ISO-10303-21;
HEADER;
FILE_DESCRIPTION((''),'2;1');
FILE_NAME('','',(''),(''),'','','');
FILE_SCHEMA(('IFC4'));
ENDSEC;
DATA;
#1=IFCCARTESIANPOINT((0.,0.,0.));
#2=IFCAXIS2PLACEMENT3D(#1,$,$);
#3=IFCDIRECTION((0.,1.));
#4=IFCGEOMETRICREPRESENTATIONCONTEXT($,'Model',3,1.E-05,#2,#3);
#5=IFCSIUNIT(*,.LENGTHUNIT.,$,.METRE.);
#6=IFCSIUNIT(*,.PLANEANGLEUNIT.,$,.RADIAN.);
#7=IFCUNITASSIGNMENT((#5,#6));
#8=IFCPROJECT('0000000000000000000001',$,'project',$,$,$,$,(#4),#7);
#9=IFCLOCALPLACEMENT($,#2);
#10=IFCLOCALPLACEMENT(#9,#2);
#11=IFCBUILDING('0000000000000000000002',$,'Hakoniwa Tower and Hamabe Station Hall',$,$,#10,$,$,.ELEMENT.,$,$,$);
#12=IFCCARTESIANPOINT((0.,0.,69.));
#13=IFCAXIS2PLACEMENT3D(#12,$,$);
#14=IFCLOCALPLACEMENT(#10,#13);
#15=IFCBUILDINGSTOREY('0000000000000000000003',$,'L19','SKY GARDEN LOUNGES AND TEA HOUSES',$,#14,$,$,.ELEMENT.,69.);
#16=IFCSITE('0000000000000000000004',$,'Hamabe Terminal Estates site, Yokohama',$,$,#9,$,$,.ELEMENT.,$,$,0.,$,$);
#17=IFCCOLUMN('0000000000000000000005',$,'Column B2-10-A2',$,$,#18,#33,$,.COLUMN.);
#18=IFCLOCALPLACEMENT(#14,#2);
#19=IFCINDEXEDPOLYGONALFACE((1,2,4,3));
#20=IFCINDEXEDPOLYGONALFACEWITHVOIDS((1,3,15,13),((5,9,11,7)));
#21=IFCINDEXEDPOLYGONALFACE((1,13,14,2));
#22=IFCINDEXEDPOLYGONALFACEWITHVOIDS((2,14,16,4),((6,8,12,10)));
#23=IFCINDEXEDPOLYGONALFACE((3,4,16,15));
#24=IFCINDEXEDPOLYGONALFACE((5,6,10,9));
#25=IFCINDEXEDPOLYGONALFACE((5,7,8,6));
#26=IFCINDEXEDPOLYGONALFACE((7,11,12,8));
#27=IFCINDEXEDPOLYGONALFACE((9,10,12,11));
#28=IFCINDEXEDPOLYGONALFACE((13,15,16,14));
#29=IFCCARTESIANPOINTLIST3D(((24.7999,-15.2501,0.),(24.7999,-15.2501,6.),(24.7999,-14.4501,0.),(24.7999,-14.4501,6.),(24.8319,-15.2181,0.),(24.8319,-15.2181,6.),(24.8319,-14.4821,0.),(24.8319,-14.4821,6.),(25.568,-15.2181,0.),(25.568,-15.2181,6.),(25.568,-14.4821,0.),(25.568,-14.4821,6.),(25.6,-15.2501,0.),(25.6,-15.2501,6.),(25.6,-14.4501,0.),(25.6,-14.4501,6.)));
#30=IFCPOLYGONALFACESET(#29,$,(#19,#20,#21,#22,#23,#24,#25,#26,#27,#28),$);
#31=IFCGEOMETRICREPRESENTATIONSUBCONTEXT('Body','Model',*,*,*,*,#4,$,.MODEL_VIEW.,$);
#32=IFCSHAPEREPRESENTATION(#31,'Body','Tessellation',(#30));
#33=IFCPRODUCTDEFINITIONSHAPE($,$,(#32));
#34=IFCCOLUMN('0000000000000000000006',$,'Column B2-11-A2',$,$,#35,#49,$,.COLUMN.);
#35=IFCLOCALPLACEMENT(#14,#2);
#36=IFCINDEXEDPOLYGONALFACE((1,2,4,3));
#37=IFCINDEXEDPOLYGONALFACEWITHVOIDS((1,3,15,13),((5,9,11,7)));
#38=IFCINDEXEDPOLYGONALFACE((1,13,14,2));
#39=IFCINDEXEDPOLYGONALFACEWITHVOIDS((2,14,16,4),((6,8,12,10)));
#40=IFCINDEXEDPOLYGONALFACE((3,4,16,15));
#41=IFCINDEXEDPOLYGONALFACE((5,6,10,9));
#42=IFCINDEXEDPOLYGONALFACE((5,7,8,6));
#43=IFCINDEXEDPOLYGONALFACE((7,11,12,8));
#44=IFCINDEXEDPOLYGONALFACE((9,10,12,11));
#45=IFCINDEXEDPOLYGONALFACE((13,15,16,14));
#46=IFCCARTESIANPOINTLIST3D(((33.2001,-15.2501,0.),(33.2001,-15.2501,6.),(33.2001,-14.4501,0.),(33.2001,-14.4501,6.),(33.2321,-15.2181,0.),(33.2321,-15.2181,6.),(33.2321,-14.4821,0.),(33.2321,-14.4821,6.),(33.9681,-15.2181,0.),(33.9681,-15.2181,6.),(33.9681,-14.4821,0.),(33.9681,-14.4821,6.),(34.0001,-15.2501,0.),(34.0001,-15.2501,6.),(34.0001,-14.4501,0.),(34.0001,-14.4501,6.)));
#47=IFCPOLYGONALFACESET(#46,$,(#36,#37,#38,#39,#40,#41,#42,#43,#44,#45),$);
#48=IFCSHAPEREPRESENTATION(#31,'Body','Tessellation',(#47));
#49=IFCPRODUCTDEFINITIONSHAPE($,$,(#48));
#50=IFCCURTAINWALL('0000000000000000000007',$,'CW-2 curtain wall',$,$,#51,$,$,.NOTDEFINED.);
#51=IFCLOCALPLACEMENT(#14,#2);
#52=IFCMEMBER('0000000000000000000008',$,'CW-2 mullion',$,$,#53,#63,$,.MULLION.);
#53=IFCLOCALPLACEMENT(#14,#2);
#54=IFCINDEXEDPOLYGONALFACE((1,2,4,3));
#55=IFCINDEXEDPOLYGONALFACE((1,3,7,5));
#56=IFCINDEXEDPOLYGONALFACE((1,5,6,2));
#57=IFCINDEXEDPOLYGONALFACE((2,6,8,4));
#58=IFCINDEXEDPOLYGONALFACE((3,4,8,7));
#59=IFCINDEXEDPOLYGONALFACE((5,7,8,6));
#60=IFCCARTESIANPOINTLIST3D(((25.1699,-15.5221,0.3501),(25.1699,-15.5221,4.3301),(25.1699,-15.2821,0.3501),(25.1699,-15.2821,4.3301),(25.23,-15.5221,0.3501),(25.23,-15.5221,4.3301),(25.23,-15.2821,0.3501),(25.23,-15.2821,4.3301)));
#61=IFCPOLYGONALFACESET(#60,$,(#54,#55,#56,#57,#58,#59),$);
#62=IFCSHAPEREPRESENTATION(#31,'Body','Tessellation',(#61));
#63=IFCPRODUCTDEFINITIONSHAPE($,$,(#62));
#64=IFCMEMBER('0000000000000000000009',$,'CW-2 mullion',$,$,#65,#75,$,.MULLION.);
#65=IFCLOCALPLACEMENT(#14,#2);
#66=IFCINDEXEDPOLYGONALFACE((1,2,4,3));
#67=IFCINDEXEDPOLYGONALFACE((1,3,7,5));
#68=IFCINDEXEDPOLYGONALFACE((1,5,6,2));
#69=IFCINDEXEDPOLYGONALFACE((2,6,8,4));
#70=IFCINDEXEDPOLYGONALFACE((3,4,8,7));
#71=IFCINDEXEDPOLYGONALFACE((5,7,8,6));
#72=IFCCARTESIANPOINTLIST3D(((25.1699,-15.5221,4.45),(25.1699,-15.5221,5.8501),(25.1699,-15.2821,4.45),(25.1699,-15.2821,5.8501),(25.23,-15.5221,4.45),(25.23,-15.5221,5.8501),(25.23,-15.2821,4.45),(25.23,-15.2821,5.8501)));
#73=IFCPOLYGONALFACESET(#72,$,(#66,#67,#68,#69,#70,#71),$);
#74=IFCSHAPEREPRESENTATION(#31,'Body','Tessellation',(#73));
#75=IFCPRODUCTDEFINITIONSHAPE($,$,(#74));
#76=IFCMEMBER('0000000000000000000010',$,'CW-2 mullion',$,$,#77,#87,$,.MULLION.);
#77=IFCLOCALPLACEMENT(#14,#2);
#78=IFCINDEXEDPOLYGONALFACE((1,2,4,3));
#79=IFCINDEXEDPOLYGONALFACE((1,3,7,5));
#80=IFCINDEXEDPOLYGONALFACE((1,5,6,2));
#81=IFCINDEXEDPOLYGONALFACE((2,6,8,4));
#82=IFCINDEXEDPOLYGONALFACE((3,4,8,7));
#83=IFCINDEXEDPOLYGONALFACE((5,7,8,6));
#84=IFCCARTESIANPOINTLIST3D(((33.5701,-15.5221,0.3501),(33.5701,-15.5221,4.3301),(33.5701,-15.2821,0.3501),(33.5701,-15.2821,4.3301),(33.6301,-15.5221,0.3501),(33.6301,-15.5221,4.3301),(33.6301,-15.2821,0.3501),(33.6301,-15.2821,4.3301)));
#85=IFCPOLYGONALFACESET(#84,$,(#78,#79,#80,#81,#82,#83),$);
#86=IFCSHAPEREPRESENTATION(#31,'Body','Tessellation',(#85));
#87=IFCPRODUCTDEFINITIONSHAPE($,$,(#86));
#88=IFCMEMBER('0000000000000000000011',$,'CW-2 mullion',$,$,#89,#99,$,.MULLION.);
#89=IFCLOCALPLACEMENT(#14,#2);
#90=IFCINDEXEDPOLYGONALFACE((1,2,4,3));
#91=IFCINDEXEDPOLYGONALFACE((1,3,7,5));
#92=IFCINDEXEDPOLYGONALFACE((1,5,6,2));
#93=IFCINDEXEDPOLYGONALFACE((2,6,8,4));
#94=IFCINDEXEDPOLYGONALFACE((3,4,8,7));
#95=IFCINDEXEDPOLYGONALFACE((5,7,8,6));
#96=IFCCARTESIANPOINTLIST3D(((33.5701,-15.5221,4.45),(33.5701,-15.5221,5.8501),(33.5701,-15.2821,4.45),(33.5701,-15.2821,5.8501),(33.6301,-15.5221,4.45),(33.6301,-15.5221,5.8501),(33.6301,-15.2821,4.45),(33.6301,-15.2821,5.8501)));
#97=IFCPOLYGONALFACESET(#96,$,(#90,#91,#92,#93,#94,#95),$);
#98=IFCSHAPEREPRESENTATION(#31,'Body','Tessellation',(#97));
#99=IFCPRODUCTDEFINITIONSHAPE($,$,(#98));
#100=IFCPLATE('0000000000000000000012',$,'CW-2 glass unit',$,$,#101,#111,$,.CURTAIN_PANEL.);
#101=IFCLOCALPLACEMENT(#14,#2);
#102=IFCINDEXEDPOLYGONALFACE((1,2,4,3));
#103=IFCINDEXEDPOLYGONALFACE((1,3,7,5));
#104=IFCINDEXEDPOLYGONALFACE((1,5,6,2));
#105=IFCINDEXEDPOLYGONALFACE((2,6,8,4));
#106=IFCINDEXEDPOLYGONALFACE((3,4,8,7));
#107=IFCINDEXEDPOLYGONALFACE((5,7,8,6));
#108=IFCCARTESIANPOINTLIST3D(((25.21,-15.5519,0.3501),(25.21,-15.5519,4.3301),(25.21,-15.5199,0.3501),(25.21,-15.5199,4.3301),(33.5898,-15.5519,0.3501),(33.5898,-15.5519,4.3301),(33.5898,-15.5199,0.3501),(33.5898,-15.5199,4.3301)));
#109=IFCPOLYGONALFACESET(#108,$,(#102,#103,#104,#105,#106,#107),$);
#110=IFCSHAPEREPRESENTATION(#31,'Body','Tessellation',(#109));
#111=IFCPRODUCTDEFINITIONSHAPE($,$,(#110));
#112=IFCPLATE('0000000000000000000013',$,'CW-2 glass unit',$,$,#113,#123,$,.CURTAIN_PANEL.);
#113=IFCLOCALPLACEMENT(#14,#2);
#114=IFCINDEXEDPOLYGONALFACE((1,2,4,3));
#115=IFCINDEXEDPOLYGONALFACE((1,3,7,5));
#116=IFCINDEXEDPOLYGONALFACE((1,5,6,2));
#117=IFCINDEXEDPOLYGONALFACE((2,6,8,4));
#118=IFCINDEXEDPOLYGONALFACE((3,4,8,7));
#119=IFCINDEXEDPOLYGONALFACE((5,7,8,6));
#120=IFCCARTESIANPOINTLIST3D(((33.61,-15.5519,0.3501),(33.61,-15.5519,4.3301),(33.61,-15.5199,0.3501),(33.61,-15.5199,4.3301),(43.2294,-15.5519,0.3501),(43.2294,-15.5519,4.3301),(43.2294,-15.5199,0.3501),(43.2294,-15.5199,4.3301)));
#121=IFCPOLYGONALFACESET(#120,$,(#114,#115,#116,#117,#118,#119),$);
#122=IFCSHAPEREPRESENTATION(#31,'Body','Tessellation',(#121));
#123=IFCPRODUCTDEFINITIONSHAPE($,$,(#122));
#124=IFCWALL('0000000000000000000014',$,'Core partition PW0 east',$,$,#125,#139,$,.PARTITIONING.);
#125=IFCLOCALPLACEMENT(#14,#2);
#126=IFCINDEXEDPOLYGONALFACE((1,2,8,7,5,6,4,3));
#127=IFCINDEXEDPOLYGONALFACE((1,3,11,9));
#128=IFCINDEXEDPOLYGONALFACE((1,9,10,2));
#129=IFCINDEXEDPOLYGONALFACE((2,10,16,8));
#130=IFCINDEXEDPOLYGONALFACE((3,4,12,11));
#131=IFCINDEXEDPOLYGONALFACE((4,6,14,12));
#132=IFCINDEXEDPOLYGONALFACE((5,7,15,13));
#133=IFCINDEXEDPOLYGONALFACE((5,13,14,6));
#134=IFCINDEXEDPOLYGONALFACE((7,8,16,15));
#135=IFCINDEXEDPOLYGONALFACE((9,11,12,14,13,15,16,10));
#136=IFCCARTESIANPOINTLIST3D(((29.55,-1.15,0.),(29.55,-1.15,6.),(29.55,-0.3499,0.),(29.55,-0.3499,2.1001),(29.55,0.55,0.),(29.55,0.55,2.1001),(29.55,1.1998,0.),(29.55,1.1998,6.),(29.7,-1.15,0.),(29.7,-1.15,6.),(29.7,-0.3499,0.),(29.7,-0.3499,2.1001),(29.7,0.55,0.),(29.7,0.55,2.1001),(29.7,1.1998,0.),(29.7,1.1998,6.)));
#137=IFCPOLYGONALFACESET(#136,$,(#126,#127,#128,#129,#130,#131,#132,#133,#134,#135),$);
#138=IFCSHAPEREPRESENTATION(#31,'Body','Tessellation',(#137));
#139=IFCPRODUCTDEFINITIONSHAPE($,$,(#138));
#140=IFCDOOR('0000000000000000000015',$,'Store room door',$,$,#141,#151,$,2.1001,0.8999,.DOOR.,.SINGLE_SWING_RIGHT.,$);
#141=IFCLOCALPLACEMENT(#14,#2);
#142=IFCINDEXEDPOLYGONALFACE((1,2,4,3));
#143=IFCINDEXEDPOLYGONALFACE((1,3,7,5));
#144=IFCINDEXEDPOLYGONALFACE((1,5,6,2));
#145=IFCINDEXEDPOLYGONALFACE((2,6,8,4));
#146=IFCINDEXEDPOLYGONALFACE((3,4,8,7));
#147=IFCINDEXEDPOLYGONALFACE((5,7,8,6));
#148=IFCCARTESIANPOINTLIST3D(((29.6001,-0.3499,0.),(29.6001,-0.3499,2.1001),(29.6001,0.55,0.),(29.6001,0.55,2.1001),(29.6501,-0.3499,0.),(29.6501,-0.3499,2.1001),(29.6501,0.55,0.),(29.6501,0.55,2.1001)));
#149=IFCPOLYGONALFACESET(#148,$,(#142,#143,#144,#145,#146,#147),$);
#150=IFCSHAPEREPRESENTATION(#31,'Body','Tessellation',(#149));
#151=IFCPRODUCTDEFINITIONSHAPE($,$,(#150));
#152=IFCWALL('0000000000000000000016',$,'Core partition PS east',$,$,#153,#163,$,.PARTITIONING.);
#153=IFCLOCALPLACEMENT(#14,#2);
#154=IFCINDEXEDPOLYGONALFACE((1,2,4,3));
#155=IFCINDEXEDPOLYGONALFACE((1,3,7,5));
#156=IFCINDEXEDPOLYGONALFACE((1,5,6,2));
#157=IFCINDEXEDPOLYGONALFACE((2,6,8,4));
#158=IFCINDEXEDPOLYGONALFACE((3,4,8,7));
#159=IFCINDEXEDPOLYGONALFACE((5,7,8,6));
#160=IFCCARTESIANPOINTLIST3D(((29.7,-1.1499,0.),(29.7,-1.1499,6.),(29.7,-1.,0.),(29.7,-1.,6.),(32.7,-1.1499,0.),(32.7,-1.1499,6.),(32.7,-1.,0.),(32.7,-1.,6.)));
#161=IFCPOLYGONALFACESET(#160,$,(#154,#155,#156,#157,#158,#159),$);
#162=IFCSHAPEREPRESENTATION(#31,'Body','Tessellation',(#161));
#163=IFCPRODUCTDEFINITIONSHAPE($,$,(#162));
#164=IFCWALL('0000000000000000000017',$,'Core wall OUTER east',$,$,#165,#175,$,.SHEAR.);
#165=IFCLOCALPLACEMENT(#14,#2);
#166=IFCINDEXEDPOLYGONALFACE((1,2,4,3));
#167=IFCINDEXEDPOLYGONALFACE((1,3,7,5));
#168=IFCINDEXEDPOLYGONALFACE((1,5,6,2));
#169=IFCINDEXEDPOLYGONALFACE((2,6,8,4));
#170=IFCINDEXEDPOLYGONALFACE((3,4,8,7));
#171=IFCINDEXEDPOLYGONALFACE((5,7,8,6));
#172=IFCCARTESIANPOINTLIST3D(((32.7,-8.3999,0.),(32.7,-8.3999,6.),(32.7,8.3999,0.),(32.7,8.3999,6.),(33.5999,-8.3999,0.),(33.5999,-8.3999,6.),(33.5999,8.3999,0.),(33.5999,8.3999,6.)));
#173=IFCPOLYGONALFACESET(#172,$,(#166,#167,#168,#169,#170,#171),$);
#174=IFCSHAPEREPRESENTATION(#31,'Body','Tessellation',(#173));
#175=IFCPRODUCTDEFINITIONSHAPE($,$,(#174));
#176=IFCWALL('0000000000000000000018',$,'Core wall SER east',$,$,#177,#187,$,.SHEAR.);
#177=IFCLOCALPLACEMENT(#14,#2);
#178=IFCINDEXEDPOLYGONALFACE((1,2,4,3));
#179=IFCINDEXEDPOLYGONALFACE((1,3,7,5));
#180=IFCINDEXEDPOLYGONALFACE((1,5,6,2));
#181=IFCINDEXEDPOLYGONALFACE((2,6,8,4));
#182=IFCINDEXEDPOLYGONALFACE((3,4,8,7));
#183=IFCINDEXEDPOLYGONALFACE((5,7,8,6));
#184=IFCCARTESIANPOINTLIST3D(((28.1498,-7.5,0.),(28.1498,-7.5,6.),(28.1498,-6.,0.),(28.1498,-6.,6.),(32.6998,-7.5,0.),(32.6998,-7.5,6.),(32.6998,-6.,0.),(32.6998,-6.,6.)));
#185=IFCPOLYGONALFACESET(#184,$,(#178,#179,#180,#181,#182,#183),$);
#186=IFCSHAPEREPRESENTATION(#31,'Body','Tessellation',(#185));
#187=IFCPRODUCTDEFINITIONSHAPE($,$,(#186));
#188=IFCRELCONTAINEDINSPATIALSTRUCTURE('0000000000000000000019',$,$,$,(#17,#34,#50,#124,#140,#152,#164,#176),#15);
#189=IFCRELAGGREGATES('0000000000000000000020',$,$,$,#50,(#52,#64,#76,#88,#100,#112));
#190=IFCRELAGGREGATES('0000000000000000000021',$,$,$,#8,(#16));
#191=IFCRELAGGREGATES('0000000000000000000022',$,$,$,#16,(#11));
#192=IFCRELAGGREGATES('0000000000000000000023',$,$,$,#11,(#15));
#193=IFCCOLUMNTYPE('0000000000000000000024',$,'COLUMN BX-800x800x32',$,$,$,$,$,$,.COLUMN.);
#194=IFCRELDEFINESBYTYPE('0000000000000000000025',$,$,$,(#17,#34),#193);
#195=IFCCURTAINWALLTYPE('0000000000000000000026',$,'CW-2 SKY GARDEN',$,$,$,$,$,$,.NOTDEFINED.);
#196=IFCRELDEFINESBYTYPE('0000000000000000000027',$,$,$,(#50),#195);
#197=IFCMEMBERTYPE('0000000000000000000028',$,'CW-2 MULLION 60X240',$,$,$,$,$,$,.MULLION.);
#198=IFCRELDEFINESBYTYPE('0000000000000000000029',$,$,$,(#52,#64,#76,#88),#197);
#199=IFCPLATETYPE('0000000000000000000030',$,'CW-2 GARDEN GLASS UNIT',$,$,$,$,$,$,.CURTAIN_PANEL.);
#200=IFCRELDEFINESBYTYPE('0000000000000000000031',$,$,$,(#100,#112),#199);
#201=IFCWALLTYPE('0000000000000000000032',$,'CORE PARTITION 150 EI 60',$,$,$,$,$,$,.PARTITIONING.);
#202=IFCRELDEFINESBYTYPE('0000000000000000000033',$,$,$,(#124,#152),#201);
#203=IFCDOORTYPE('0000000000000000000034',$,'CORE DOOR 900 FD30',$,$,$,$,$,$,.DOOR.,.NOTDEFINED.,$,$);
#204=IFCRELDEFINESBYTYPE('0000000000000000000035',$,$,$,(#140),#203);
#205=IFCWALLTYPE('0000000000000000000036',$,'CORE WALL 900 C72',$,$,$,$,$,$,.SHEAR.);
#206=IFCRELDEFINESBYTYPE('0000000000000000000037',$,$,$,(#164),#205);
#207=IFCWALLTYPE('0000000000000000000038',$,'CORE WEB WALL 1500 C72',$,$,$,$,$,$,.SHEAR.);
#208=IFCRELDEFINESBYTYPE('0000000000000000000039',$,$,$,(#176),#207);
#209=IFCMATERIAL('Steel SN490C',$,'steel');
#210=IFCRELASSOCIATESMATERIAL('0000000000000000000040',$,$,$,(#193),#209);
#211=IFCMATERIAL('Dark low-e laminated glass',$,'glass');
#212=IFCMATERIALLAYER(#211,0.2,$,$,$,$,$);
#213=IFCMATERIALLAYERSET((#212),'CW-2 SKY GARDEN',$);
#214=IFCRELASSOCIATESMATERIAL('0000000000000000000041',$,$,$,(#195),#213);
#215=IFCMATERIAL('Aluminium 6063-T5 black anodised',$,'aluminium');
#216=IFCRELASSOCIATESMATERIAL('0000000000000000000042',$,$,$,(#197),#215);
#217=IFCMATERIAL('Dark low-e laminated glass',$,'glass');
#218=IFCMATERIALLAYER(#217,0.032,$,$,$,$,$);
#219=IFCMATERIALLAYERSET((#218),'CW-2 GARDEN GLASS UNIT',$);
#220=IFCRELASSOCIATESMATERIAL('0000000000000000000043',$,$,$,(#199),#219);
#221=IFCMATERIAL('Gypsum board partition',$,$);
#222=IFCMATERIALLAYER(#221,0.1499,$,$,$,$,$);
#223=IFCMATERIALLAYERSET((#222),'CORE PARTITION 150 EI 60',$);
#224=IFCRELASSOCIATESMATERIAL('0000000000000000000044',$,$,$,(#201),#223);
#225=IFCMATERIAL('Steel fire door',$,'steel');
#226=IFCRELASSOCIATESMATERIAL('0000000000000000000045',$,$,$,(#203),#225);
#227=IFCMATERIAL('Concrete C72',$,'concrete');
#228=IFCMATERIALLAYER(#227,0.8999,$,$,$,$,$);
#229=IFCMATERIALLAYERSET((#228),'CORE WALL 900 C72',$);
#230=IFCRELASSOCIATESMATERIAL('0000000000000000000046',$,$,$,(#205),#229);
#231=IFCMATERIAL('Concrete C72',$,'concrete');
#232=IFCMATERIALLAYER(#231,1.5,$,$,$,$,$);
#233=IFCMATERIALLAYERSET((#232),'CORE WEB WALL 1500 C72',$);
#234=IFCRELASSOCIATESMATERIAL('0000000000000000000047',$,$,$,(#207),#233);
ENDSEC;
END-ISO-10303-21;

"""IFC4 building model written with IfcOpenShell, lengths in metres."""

from ifc_helpers import new_model, si_unit, direction, frame, frame_2d, origin, origin_2d, place, context, subcontext, project, spatial, rectangle, hollow_rectangle, extrude, material, layer, layer_set, material_profile, profile_set, type_object, element, fill, aggregate, save


model = new_model("IFC4")

# Units and contexts
model_context = context("Model", 3, precision=1e-05, world=origin(), true_north=direction((0.0, 1.0)))
body_context = subcontext(model_context, "Body", "Model", "MODEL_VIEW")
ifc_project = project(units=[si_unit("LENGTHUNIT", "METRE"), si_unit("PLANEANGLEUNIT", "RADIAN")], contexts=[model_context])

# Site, building, storey
site_placement = place(None, origin())
site = spatial("IfcSite", under=ifc_project, at=site_placement, Name="Hamabe Terminal Estates site, Yokohama", CompositionType="ELEMENT", RefElevation=0.0)
building_placement = place(site_placement, origin())
building = spatial("IfcBuilding", under=site, at=building_placement, Name="Hakoniwa Tower and Hamabe Station Hall", CompositionType="ELEMENT")
storey_placement = place(building_placement, frame((0.0, 0.0, 69.0)))
storey = spatial("IfcBuildingStorey", under=building, at=storey_placement, Name="L19", Description="SKY GARDEN LOUNGES AND TEA HOUSES", CompositionType="ELEMENT", Elevation=69.0)

# Columns
ifc_material_1 = material(Name="Steel SN490C", Category="steel")
ifc_material_profile_1 = material_profile(ifc_material_1, hollow_rectangle(XDim=0.8, YDim=0.8, WallThickness=0.032, at=origin_2d()), Name="BX-800x800x32")
ifc_profile_set_1 = profile_set([ifc_material_profile_1], Name="Steel SN490C")
column_type = type_object("IfcColumnType", Name="COLUMN BX-800x800x32", PredefinedType="COLUMN", material=ifc_profile_set_1)
for number, where, z_axis, x_axis, name in (
    (1, (25.2, -14.8501, 0.0), (0.0, 0.0, 1.0), (1.0, 0.0, 0.0), "Column B2-10-A2"),
    (2, (33.6001, -14.8501, 0.0), (0.0, 0.0, 1.0), (1.0, 0.0, 0.0), "Column B2-11-A2"),
):
    element("IfcColumn", number, at=place(storey_placement, frame(where, z_axis=z_axis, x_axis=x_axis)), inside=storey, type_object=column_type, Name=name, PredefinedType="COLUMN", context=body_context, shape_type="SweptSolid", body=[
        extrude(hollow_rectangle(XDim=0.8, YDim=0.8, WallThickness=0.032, at=origin_2d()), origin(), (0.0, 0.0, 1.0), 6.0),
    ])

# Curtain wall, members, plates
ifc_material_2 = material(Name="Dark low-e laminated glass", Category="glass")
ifc_layer_1 = layer(ifc_material_2, 0.2)
ifc_layer_set_1 = layer_set([ifc_layer_1], Name="CW-2 SKY GARDEN")
curtain_wall_type = type_object("IfcCurtainWallType", Name="CW-2 SKY GARDEN", PredefinedType="NOTDEFINED", material=ifc_layer_set_1)
curtain_wall_placement = place(storey_placement, origin())
curtain_wall = element("IfcCurtainWall", 3, at=curtain_wall_placement, inside=storey, type_object=curtain_wall_type, Name="CW-2 curtain wall", PredefinedType="NOTDEFINED")
ifc_material_3 = material(Name="Aluminium 6063-T5 black anodised", Category="aluminium")
ifc_material_profile_2 = material_profile(ifc_material_3, rectangle(XDim=0.0601, YDim=0.24, at=origin_2d()), Name="CW-2 MULLION 60X240")
ifc_profile_set_2 = profile_set([ifc_material_profile_2], Name="Aluminium 6063-T5 black anodised")
member_type = type_object("IfcMemberType", Name="CW-2 MULLION 60X240", PredefinedType="MULLION", material=ifc_profile_set_2)
member_1_placement = place(storey_placement, frame((25.2, -15.4021, 0.3501), z_axis=(0.0, 0.0, 1.0), x_axis=(1.0, 0.0, 0.0)))
member_1 = element("IfcMember", 4, at=member_1_placement, type_object=member_type, Name="CW-2 mullion", PredefinedType="MULLION", context=body_context, shape_type="SweptSolid", body=[
    extrude(rectangle(XDim=0.0601, YDim=0.24, at=origin_2d()), origin(), (0.0, 0.0, 1.0), 3.98),
])
member_2_placement = place(storey_placement, frame((25.2, -15.4021, 4.45), z_axis=(0.0, 0.0, 1.0), x_axis=(1.0, 0.0, 0.0)))
member_2 = element("IfcMember", 5, at=member_2_placement, type_object=member_type, Name="CW-2 mullion", PredefinedType="MULLION", context=body_context, shape_type="SweptSolid", body=[
    extrude(rectangle(XDim=0.0601, YDim=0.24, at=origin_2d()), origin(), (0.0, 0.0, 1.0), 1.4001),
])
member_3_placement = place(storey_placement, frame((33.6001, -15.4021, 0.3501), z_axis=(0.0, 0.0, 1.0), x_axis=(1.0, 0.0, 0.0)))
member_3 = element("IfcMember", 6, at=member_3_placement, type_object=member_type, Name="CW-2 mullion", PredefinedType="MULLION", context=body_context, shape_type="SweptSolid", body=[
    extrude(rectangle(XDim=0.0601, YDim=0.24, at=origin_2d()), origin(), (0.0, 0.0, 1.0), 3.98),
])
member_4_placement = place(storey_placement, frame((33.6001, -15.4021, 4.45), z_axis=(0.0, 0.0, 1.0), x_axis=(1.0, 0.0, 0.0)))
member_4 = element("IfcMember", 7, at=member_4_placement, type_object=member_type, Name="CW-2 mullion", PredefinedType="MULLION", context=body_context, shape_type="SweptSolid", body=[
    extrude(rectangle(XDim=0.0601, YDim=0.24, at=origin_2d()), origin(), (0.0, 0.0, 1.0), 1.4001),
])
ifc_material_4 = material(Name="Dark low-e laminated glass", Category="glass")
ifc_layer_2 = layer(ifc_material_4, 0.032)
ifc_layer_set_2 = layer_set([ifc_layer_2], Name="CW-2 GARDEN GLASS UNIT")
plate_type = type_object("IfcPlateType", Name="CW-2 GARDEN GLASS UNIT", PredefinedType="CURTAIN_PANEL", material=ifc_layer_set_2)
plate_1_placement = place(storey_placement, frame((29.3999, -15.5359, 0.3501), z_axis=(0.0, 0.0, 1.0), x_axis=(1.0, 0.0, 0.0)))
plate_1 = element("IfcPlate", 8, at=plate_1_placement, type_object=plate_type, Name="CW-2 glass unit", PredefinedType="CURTAIN_PANEL", context=body_context, shape_type="SweptSolid", body=[
    extrude(rectangle(XDim=8.3799, YDim=0.032, at=origin_2d()), origin(), (0.0, 0.0, 1.0), 3.98),
])
plate_2_placement = place(storey_placement, frame((38.4197, -15.5359, 0.3501), z_axis=(0.0, 0.0, 1.0), x_axis=(1.0, 0.0, 0.0)))
plate_2 = element("IfcPlate", 9, at=plate_2_placement, type_object=plate_type, Name="CW-2 glass unit", PredefinedType="CURTAIN_PANEL", context=body_context, shape_type="SweptSolid", body=[
    extrude(rectangle(XDim=9.6194, YDim=0.032, at=origin_2d()), origin(), (0.0, 0.0, 1.0), 3.98),
])

# Wall, opening, door
ifc_material_5 = material(Name="Gypsum board partition")
ifc_layer_3 = layer(ifc_material_5, 0.1499)
ifc_layer_set_3 = layer_set([ifc_layer_3], Name="CORE PARTITION 150 EI 60")
wall_type_1 = type_object("IfcWallType", Name="CORE PARTITION 150 EI 60", PredefinedType="PARTITIONING", material=ifc_layer_set_3)
wall_1_placement = place(storey_placement, frame((29.625, -1.1499, 0.0), z_axis=(0.0, 0.0, 1.0), x_axis=(0.0, 1.0, 0.0)))
wall_1 = element("IfcWall", 10, at=wall_1_placement, inside=storey, type_object=wall_type_1, Name="Core partition PW0 east", PredefinedType="PARTITIONING", context=body_context, shape_type="SweptSolid", body=[
    extrude(rectangle(XDim=2.3499, YDim=0.1499, at=frame_2d((1.1748, 0.0))), origin(), (0.0, 0.0, 1.0), 6.0),
])
opening_1_placement = place(wall_1_placement, frame((0.8, 0.0, 0.0)))
opening_1 = element("IfcOpeningElement", 11, at=opening_1_placement, cuts=wall_1, PredefinedType="OPENING", context=body_context, shape_type="SweptSolid", body=[
    extrude(rectangle(XDim=0.8999, YDim=2.1001, at=frame_2d((0.45, 1.05))), frame((0.0, 0.085, 0.0), z_axis=(0.0, -1.0, 0.0), x_axis=(1.0, 0.0, 0.0)), (0.0, 0.0, 1.0), 0.1699),
])
ifc_material_6 = material(Name="Steel fire door", Category="steel")
door_type_1 = type_object("IfcDoorType", Name="CORE DOOR 900 FD30", OperationType="NOTDEFINED", PredefinedType="DOOR", material=ifc_material_6)
door_1_placement = place(opening_1_placement, origin())
door_1 = element("IfcDoor", 12, at=door_1_placement, inside=storey, type_object=door_type_1, Name="Store room door", OperationType="SINGLE_SWING_RIGHT", OverallHeight=2.1001, OverallWidth=0.8999, PredefinedType="DOOR", context=body_context, shape_type="SweptSolid", body=[
    extrude(rectangle(XDim=0.8999, YDim=2.1001, at=frame_2d((0.45, 1.05))), frame((0.0, 0.0249, 0.0), z_axis=(0.0, -1.0, 0.0), x_axis=(1.0, 0.0, 0.0)), (0.0, 0.0, 1.0), 0.05),
])
fill(opening_1, door_1)

# Walls
wall_2_placement = place(storey_placement, frame((29.7, -1.075, 0.0), z_axis=(0.0, 0.0, 1.0), x_axis=(1.0, 0.0, 0.0)))
element("IfcWall", 13, at=wall_2_placement, inside=storey, type_object=wall_type_1, Name="Core partition PS east", PredefinedType="PARTITIONING", context=body_context, shape_type="SweptSolid", body=[
    extrude(rectangle(XDim=3.0, YDim=0.1499, at=frame_2d((1.5, 0.0))), origin(), (0.0, 0.0, 1.0), 6.0),
])
ifc_material_7 = material(Name="Concrete C72", Category="concrete")
ifc_layer_4 = layer(ifc_material_7, 0.8999)
ifc_layer_set_4 = layer_set([ifc_layer_4], Name="CORE WALL 900 C72")
wall_type_2 = type_object("IfcWallType", Name="CORE WALL 900 C72", PredefinedType="SHEAR", material=ifc_layer_set_4)
wall_3_placement = place(storey_placement, frame((33.1499, -8.3999, 0.0), z_axis=(0.0, 0.0, 1.0), x_axis=(0.0, 1.0, 0.0)))
element("IfcWall", 14, at=wall_3_placement, inside=storey, type_object=wall_type_2, Name="Core wall OUTER east", PredefinedType="SHEAR", context=body_context, shape_type="SweptSolid", body=[
    extrude(rectangle(XDim=16.7998, YDim=0.8999, at=frame_2d((8.3999, 0.0))), origin(), (0.0, 0.0, 1.0), 6.0),
])
ifc_material_8 = material(Name="Concrete C72", Category="concrete")
ifc_layer_5 = layer(ifc_material_8, 1.5)
ifc_layer_set_5 = layer_set([ifc_layer_5], Name="CORE WEB WALL 1500 C72")
wall_type_3 = type_object("IfcWallType", Name="CORE WEB WALL 1500 C72", PredefinedType="SHEAR", material=ifc_layer_set_5)
wall_4_placement = place(storey_placement, frame((28.1499, -6.75, 0.0), z_axis=(0.0, 0.0, 1.0), x_axis=(1.0, 0.0, 0.0)))
element("IfcWall", 15, at=wall_4_placement, inside=storey, type_object=wall_type_3, Name="Core wall SER east", PredefinedType="SHEAR", context=body_context, shape_type="SweptSolid", body=[
    extrude(rectangle(XDim=4.55, YDim=1.5, at=frame_2d((2.2749, 0.0))), origin(), (0.0, 0.0, 1.0), 6.0),
])

aggregate(curtain_wall, [member_1, member_2, member_3, member_4, plate_1, plate_2])

save(model, "model.ifc")
